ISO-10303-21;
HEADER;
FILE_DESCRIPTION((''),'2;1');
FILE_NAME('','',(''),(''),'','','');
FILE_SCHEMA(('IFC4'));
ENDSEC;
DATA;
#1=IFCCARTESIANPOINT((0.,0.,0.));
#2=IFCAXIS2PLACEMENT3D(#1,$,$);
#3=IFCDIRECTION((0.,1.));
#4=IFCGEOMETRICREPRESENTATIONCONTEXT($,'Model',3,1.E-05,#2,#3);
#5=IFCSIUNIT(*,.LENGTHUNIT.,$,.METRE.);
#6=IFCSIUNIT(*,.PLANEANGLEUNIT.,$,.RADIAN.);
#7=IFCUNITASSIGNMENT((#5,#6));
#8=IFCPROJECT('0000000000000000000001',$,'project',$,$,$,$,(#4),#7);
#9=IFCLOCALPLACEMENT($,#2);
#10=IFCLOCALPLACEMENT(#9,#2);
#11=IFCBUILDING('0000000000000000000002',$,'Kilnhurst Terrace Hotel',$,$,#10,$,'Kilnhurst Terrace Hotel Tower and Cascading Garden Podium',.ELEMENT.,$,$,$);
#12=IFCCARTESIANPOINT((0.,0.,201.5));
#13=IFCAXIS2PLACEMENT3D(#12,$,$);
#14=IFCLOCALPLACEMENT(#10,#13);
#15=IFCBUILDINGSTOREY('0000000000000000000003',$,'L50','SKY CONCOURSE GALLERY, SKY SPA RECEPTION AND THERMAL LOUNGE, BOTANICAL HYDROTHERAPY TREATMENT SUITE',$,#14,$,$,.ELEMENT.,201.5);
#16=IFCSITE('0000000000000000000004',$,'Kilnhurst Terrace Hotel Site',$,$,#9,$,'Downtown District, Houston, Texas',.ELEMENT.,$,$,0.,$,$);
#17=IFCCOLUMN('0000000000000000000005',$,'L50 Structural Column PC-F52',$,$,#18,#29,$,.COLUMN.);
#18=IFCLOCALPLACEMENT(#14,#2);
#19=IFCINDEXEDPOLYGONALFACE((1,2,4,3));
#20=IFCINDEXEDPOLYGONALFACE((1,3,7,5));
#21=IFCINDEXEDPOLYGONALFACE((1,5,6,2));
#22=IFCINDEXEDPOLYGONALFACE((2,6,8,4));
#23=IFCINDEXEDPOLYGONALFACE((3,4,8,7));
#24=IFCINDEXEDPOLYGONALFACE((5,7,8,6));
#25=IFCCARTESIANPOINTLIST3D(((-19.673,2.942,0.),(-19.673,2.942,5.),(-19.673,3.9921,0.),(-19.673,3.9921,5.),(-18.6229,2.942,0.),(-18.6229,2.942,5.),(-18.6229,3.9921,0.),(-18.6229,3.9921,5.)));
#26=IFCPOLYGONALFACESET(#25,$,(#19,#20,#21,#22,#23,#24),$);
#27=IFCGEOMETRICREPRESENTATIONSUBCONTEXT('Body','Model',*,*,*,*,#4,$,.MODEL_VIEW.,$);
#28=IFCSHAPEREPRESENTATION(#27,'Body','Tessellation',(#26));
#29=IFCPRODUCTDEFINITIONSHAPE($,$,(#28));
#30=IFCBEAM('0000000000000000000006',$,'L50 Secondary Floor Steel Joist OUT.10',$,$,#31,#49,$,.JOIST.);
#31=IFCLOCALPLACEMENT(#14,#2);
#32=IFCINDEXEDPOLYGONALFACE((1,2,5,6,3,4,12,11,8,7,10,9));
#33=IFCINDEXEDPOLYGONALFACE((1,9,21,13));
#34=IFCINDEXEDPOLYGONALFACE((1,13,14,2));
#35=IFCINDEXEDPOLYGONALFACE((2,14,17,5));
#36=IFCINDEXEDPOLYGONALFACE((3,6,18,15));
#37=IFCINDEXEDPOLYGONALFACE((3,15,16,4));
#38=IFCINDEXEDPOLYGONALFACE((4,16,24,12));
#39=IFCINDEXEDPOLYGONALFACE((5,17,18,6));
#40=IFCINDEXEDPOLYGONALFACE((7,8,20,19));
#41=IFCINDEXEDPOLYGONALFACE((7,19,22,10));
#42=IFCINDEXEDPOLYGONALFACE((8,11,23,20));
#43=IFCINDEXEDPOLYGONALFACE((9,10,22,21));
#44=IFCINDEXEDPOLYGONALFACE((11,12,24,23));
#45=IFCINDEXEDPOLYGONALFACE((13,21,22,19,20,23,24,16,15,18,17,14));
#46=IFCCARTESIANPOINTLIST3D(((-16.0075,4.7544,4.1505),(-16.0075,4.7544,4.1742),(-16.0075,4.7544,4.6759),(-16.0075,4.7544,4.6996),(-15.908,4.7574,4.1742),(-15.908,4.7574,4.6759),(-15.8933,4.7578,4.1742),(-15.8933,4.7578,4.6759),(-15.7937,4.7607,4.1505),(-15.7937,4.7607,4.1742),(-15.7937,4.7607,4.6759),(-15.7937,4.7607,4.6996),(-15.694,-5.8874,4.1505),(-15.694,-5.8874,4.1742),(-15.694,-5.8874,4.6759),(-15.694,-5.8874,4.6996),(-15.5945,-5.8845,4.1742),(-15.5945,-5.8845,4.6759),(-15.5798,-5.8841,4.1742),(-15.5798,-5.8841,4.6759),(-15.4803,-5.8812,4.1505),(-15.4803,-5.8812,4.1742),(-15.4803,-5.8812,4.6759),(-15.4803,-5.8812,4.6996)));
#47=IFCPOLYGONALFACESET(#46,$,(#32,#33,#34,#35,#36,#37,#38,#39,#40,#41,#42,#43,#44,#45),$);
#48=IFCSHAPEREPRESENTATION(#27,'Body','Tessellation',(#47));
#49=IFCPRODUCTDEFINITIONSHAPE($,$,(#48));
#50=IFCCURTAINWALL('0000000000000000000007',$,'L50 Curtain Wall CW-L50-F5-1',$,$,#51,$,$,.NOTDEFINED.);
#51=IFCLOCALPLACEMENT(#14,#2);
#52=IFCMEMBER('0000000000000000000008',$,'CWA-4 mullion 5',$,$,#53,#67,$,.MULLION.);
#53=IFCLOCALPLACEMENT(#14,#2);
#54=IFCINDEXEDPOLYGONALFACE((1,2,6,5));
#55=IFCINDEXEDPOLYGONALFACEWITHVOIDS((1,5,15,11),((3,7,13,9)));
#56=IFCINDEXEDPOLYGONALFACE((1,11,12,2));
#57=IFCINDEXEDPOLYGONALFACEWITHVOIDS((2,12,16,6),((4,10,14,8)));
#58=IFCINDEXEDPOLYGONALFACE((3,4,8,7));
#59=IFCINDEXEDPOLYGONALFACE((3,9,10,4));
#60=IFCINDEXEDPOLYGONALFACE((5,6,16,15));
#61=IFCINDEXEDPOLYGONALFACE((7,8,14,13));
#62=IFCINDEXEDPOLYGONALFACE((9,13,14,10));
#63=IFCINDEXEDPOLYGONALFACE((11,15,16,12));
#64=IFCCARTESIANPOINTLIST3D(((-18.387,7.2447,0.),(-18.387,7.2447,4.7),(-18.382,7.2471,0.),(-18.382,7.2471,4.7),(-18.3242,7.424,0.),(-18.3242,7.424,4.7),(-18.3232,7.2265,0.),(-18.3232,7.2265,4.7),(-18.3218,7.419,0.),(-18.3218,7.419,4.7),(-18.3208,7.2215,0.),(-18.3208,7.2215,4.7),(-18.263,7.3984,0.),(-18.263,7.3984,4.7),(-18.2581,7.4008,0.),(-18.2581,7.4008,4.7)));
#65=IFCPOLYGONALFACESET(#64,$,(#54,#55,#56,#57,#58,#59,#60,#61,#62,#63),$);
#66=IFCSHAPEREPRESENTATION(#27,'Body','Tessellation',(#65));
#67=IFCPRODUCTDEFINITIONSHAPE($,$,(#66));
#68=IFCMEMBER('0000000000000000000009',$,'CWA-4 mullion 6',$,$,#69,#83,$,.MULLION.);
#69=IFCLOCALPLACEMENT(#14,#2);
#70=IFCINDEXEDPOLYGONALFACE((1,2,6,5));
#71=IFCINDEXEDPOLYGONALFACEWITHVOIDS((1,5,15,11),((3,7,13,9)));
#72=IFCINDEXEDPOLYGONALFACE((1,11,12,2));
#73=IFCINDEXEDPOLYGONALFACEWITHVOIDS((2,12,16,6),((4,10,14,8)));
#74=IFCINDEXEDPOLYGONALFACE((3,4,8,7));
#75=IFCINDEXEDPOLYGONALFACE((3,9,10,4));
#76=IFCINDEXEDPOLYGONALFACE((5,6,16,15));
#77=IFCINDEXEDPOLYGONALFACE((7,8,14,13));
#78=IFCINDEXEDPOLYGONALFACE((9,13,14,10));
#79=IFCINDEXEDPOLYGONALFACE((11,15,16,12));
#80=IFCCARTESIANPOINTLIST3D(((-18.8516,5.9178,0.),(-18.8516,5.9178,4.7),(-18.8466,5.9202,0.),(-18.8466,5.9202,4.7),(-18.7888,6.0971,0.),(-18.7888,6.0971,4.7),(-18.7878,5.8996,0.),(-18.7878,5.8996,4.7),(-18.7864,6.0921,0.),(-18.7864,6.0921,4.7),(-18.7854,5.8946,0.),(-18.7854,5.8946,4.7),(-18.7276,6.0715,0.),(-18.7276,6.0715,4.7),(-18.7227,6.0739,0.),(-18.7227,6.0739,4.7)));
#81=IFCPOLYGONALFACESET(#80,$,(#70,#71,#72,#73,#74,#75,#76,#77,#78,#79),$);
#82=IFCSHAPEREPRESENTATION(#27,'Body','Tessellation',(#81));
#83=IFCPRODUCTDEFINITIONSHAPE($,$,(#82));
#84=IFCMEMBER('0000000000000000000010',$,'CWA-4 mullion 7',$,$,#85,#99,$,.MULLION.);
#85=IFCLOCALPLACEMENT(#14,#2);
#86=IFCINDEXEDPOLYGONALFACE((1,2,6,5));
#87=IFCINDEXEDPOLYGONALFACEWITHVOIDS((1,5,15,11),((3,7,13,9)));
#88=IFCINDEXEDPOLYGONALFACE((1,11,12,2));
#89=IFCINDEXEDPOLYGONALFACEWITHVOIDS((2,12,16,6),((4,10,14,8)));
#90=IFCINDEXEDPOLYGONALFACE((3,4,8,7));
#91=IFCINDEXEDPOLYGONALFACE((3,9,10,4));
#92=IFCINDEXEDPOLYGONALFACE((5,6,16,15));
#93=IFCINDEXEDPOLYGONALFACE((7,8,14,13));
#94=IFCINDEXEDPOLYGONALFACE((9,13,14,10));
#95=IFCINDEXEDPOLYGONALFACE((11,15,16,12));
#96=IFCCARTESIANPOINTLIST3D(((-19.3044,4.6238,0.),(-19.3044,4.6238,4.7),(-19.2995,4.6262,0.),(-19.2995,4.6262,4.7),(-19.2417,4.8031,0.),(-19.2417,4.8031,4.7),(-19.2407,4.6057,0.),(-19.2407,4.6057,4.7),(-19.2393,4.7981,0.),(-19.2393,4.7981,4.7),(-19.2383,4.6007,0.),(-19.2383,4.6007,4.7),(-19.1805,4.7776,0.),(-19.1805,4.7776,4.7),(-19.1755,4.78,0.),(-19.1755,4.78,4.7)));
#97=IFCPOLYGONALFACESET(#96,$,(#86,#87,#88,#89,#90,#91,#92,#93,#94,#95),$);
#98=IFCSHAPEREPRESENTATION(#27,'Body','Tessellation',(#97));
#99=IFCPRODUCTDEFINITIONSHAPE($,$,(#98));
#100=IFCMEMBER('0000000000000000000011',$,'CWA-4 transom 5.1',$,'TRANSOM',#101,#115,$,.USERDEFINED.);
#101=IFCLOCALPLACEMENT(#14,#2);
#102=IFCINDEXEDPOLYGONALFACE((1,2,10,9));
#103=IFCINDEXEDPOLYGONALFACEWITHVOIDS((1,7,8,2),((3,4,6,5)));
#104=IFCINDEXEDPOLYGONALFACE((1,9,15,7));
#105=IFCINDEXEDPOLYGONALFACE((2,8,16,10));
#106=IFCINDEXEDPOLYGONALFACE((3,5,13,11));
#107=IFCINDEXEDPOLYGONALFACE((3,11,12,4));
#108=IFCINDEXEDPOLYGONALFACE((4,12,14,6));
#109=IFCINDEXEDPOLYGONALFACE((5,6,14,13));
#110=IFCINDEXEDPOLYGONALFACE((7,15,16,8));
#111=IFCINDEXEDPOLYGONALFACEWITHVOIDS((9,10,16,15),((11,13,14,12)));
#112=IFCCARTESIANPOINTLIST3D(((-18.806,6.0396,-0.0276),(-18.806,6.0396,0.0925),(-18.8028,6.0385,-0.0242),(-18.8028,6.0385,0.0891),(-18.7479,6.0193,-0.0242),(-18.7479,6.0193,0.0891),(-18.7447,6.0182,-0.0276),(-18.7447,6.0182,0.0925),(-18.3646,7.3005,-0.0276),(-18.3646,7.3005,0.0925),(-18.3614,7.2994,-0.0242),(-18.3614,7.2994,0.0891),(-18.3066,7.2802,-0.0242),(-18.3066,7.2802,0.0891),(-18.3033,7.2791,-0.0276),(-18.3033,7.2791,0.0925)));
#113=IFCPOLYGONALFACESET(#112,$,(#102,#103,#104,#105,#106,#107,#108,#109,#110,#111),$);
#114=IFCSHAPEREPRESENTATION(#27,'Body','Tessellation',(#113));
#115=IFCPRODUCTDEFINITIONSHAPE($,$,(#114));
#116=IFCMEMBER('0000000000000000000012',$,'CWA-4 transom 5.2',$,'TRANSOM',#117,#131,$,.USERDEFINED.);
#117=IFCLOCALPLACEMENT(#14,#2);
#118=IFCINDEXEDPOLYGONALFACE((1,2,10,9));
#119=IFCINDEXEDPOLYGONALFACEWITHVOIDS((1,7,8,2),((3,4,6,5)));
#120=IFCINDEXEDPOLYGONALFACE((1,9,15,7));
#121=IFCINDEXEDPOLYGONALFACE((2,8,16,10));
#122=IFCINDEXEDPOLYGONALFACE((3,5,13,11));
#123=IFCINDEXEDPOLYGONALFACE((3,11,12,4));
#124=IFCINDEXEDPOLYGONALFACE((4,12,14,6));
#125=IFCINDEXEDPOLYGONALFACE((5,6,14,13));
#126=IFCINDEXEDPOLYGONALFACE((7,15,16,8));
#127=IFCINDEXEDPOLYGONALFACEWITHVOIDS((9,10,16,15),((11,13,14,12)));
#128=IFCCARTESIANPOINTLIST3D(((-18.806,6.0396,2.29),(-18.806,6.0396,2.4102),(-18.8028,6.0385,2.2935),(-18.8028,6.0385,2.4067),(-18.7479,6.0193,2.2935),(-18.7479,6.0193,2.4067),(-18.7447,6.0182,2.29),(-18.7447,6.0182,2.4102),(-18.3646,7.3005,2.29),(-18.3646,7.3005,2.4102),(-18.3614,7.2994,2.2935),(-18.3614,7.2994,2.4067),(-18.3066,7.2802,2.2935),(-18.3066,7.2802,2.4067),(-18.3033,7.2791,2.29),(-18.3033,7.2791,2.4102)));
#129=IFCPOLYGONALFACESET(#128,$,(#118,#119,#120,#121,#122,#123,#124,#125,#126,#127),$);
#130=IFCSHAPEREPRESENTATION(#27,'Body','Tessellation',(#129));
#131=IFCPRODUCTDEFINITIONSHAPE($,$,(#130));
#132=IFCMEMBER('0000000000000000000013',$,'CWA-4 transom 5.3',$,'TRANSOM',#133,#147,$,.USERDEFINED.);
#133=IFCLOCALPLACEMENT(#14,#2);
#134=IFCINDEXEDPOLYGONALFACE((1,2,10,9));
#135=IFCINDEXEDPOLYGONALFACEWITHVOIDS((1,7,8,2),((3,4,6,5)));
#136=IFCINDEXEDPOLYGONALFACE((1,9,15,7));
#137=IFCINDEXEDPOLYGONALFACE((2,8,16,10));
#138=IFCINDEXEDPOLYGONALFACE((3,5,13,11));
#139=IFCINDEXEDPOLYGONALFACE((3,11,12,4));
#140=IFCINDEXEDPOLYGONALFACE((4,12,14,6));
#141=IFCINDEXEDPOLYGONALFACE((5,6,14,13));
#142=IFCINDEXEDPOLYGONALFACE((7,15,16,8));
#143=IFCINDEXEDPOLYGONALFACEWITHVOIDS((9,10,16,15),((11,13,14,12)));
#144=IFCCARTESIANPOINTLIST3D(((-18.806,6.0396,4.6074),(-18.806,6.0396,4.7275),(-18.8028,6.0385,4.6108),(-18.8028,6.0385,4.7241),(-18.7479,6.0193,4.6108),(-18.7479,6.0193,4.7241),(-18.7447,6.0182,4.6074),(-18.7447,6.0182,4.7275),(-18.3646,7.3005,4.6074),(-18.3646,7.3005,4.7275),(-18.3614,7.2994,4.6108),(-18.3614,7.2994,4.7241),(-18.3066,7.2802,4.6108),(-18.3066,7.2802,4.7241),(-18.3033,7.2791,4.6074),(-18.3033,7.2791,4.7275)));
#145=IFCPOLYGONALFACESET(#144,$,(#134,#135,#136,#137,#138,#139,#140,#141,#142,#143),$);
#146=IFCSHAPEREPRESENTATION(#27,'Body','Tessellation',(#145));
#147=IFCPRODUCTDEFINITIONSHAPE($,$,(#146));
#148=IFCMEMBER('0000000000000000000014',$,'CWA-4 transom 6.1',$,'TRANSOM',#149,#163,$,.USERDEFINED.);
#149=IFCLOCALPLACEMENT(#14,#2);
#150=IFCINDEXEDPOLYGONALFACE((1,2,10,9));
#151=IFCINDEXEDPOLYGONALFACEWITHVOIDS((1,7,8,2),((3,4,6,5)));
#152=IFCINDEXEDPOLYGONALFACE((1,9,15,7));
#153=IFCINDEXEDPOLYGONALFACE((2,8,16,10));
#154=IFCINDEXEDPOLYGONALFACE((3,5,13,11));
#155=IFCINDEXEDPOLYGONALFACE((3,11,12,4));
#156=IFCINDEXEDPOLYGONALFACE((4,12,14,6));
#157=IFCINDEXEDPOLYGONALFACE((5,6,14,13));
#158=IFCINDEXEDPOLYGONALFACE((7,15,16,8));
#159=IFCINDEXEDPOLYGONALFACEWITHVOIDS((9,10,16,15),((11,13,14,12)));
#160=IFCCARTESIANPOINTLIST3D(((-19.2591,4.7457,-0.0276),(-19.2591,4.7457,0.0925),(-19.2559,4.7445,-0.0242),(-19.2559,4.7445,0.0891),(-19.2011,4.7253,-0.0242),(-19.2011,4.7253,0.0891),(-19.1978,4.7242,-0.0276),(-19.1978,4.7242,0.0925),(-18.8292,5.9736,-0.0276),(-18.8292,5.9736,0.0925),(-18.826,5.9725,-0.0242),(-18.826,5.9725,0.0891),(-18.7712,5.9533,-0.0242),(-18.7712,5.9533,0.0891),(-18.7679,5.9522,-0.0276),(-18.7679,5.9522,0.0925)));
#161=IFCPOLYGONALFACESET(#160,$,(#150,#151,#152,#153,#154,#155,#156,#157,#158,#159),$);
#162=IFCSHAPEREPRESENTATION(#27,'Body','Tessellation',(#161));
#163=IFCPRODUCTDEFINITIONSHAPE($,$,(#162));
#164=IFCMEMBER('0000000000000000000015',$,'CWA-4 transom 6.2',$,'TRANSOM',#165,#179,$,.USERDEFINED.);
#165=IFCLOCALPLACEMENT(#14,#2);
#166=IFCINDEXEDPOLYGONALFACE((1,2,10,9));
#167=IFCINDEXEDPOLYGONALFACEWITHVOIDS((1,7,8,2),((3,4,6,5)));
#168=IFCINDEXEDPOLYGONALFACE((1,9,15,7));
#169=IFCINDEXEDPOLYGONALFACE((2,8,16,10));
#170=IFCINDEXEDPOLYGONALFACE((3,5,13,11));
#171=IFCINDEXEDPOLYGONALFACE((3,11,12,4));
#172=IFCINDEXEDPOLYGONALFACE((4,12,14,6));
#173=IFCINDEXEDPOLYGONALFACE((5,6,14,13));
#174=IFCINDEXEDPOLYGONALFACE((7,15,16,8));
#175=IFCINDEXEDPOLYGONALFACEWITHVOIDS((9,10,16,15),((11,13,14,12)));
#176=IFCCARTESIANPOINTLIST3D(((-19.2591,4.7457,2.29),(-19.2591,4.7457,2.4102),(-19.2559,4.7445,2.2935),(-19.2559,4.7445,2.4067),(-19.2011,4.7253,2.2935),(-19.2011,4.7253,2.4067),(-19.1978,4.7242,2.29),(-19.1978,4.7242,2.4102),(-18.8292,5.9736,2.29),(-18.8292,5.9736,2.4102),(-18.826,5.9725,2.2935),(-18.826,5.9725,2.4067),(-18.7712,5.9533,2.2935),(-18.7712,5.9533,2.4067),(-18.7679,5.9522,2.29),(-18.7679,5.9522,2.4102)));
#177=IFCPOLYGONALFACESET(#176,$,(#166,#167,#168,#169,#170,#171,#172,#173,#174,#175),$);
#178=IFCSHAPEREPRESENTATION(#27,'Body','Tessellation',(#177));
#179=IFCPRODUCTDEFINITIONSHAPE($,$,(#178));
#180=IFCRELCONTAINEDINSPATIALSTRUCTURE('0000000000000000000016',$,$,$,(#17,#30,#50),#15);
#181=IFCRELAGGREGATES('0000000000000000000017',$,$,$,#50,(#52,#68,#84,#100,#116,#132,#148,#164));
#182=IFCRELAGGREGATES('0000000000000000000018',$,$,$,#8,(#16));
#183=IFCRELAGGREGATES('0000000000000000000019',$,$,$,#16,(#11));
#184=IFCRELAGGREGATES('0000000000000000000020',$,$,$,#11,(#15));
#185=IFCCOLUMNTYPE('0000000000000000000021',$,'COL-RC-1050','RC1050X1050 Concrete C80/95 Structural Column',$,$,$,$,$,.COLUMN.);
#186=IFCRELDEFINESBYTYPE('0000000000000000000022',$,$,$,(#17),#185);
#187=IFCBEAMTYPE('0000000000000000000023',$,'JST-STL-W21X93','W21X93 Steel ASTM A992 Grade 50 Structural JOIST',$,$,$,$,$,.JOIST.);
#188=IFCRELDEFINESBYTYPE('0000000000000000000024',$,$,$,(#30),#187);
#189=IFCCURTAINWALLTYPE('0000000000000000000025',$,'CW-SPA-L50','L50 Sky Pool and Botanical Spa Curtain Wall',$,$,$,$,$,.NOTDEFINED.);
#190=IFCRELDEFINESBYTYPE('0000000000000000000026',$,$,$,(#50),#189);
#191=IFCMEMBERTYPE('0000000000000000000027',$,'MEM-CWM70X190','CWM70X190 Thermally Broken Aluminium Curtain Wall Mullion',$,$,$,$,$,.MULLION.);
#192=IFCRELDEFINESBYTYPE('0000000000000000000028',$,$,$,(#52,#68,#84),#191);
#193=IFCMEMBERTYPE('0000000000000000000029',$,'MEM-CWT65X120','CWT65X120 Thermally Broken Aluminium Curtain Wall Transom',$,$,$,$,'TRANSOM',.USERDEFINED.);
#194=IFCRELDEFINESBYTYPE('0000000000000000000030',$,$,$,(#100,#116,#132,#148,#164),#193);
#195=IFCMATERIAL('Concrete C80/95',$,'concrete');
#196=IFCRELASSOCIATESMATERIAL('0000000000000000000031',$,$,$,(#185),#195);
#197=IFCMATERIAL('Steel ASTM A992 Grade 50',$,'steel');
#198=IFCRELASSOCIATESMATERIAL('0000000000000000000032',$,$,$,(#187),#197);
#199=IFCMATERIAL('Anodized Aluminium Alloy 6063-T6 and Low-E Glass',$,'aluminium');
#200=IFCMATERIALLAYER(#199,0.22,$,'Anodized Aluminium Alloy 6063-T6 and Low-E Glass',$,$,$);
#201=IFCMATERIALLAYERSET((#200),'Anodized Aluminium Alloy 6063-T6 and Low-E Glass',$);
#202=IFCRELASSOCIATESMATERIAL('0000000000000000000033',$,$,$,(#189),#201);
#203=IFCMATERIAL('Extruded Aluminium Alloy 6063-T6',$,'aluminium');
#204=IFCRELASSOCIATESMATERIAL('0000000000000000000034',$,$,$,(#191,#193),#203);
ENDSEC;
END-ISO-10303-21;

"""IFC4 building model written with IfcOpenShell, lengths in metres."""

from ifc_helpers import new_model, si_unit, direction, frame, origin, origin_2d, place, context, subcontext, project, spatial, rectangle, hollow_rectangle, i_section, extrude, material, layer, layer_set, material_profile, profile_set, type_object, element, aggregate, save


model = new_model("IFC4")

# Units and contexts
model_context = context("Model", 3, precision=1e-05, world=origin(), true_north=direction((0.0, 1.0)))
body_context = subcontext(model_context, "Body", "Model", "MODEL_VIEW")
ifc_project = project(units=[si_unit("LENGTHUNIT", "METRE"), si_unit("PLANEANGLEUNIT", "RADIAN")], contexts=[model_context])

# Site, building, storey
site_placement = place(None, origin())
site = spatial("IfcSite", under=ifc_project, at=site_placement, Name="Kilnhurst Terrace Hotel Site", LongName="Downtown District, Houston, Texas", CompositionType="ELEMENT", RefElevation=0.0)
building_placement = place(site_placement, origin())
building = spatial("IfcBuilding", under=site, at=building_placement, Name="Kilnhurst Terrace Hotel", LongName="Kilnhurst Terrace Hotel Tower and Cascading Garden Podium", CompositionType="ELEMENT")
storey_placement = place(building_placement, frame((0.0, 0.0, 201.5)))
storey = spatial("IfcBuildingStorey", under=building, at=storey_placement, Name="L50", Description="SKY CONCOURSE GALLERY, SKY SPA RECEPTION AND THERMAL LOUNGE, BOTANICAL HYDROTHERAPY TREATMENT SUITE", CompositionType="ELEMENT", Elevation=201.5)

# Column
ifc_material_1 = material(Name="Concrete C80/95", Category="concrete")
ifc_material_profile_1 = material_profile(ifc_material_1, rectangle(XDim=1.05, YDim=1.05, at=origin_2d()), Name="RC1050X1050")
ifc_profile_set_1 = profile_set([ifc_material_profile_1], Name="Concrete C80/95")
column_type = type_object("IfcColumnType", Name="COL-RC-1050", Description="RC1050X1050 Concrete C80/95 Structural Column", PredefinedType="COLUMN", material=ifc_profile_set_1)
column_placement = place(storey_placement, frame((-19.1479, 3.467, 0.0), z_axis=(0.0, 0.0, 1.0), x_axis=(1.0, 0.0, 0.0)))
element("IfcColumn", 1, at=column_placement, inside=storey, type_object=column_type, Name="L50 Structural Column PC-F52", PredefinedType="COLUMN", context=body_context, shape_type="SweptSolid", body=[
    extrude(rectangle(XDim=1.05, YDim=1.05, at=origin_2d()), origin(), (0.0, 0.0, 1.0), 5.0),
])

# Beam
ifc_material_2 = material(Name="Steel ASTM A992 Grade 50", Category="steel")
ifc_material_profile_2 = material_profile(ifc_material_2, i_section(OverallWidth=0.2139, OverallDepth=0.5491, WebThickness=0.0146, FlangeThickness=0.0237, at=origin_2d()), Name="W21X93")
ifc_profile_set_2 = profile_set([ifc_material_profile_2], Name="Steel ASTM A992 Grade 50")
beam_type_1 = type_object("IfcBeamType", Name="JST-STL-W21X93", Description="W21X93 Steel ASTM A992 Grade 50 Structural JOIST", PredefinedType="JOIST", material=ifc_profile_set_2)
beam_1_placement = place(storey_placement, frame((-15.9006, 4.7576, 4.425), z_axis=(0.029444, -0.999566, 0.0), x_axis=(0.999566, 0.029444, 0.0)))
element("IfcBeam", 2, at=beam_1_placement, inside=storey, type_object=beam_type_1, Name="L50 Secondary Floor Steel Joist OUT.10", PredefinedType="JOIST", context=body_context, shape_type="SweptSolid", body=[
    extrude(i_section(OverallWidth=0.2139, OverallDepth=0.5491, WebThickness=0.0146, FlangeThickness=0.0237, at=origin_2d()), origin(), (0.0, 0.0, 1.0), 10.6465),
])

# Curtain wall, members
ifc_material_3 = material(Name="Anodized Aluminium Alloy 6063-T6 and Low-E Glass", Category="aluminium")
ifc_layer_1 = layer(ifc_material_3, 0.22, Name="Anodized Aluminium Alloy 6063-T6 and Low-E Glass")
ifc_layer_set_1 = layer_set([ifc_layer_1], Name="Anodized Aluminium Alloy 6063-T6 and Low-E Glass")
curtain_wall_type = type_object("IfcCurtainWallType", Name="CW-SPA-L50", Description="L50 Sky Pool and Botanical Spa Curtain Wall", PredefinedType="NOTDEFINED", material=ifc_layer_set_1)
curtain_wall_placement = place(storey_placement, origin())
curtain_wall = element("IfcCurtainWall", 3, at=curtain_wall_placement, inside=storey, type_object=curtain_wall_type, Name="L50 Curtain Wall CW-L50-F5-1", PredefinedType="NOTDEFINED")
ifc_material_4 = material(Name="Extruded Aluminium Alloy 6063-T6", Category="aluminium")
ifc_material_profile_3 = material_profile(ifc_material_4, hollow_rectangle(XDim=0.0701, YDim=0.1899, WallThickness=0.0039, at=origin_2d()), Name="CWM70X190")
ifc_profile_set_3 = profile_set([ifc_material_profile_3], Name="Extruded Aluminium Alloy 6063-T6")
member_type_1 = type_object("IfcMemberType", Name="MEM-CWM70X190", Description="CWM70X190 Thermally Broken Aluminium Curtain Wall Mullion", PredefinedType="MULLION", material=ifc_profile_set_3)
member_1_placement = place(storey_placement, frame((-18.3225, 7.3228, 0.0), z_axis=(0.0, 0.0, 1.0), x_axis=(0.943826, -0.330442, 0.0)))
member_1 = element("IfcMember", 4, at=member_1_placement, type_object=member_type_1, Name="CWA-4 mullion 5", PredefinedType="MULLION", context=body_context, shape_type="SweptSolid", body=[
    extrude(hollow_rectangle(XDim=0.0701, YDim=0.1899, WallThickness=0.0039, at=origin_2d()), origin(), (0.0, 0.0, 1.0), 4.7),
])
member_2_placement = place(storey_placement, frame((-18.7871, 5.9958, 0.0), z_axis=(0.0, 0.0, 1.0), x_axis=(0.943826, -0.330442, 0.0)))
member_2 = element("IfcMember", 5, at=member_2_placement, type_object=member_type_1, Name="CWA-4 mullion 6", PredefinedType="MULLION", context=body_context, shape_type="SweptSolid", body=[
    extrude(hollow_rectangle(XDim=0.0701, YDim=0.1899, WallThickness=0.0039, at=origin_2d()), origin(), (0.0, 0.0, 1.0), 4.7),
])
member_3_placement = place(storey_placement, frame((-19.24, 4.7019, 0.0), z_axis=(0.0, 0.0, 1.0), x_axis=(0.943826, -0.330442, 0.0)))
member_3 = element("IfcMember", 6, at=member_3_placement, type_object=member_type_1, Name="CWA-4 mullion 7", PredefinedType="MULLION", context=body_context, shape_type="SweptSolid", body=[
    extrude(hollow_rectangle(XDim=0.0701, YDim=0.1899, WallThickness=0.0039, at=origin_2d()), origin(), (0.0, 0.0, 1.0), 4.7),
])
ifc_material_profile_4 = material_profile(ifc_material_4, hollow_rectangle(XDim=0.0649, YDim=0.1201, WallThickness=0.0034, at=origin_2d()), Name="CWT65X120")
ifc_profile_set_4 = profile_set([ifc_material_profile_4], Name="Extruded Aluminium Alloy 6063-T6")
member_type_2 = type_object("IfcMemberType", Name="MEM-CWT65X120", Description="CWT65X120 Thermally Broken Aluminium Curtain Wall Transom", ElementType="TRANSOM", PredefinedType="USERDEFINED", material=ifc_profile_set_4)
member_4_placement = place(storey_placement, frame((-18.334, 7.2898, 0.0325), z_axis=(-0.330391, -0.943844, 0.0), x_axis=(0.943844, -0.330391, 0.0)))
member_4 = element("IfcMember", 7, at=member_4_placement, type_object=member_type_2, Name="CWA-4 transom 5.1", ObjectType="TRANSOM", PredefinedType="USERDEFINED", context=body_context, shape_type="SweptSolid", body=[
    extrude(hollow_rectangle(XDim=0.0649, YDim=0.1201, WallThickness=0.0034, at=origin_2d()), origin(), (0.0, 0.0, 1.0), 1.3359),
])
member_5_placement = place(storey_placement, frame((-18.334, 7.2898, 2.3501), z_axis=(-0.330391, -0.943844, 0.0), x_axis=(0.943844, -0.330391, 0.0)))
member_5 = element("IfcMember", 8, at=member_5_placement, type_object=member_type_2, Name="CWA-4 transom 5.2", ObjectType="TRANSOM", PredefinedType="USERDEFINED", context=body_context, shape_type="SweptSolid", body=[
    extrude(hollow_rectangle(XDim=0.0649, YDim=0.1201, WallThickness=0.0034, at=origin_2d()), origin(), (0.0, 0.0, 1.0), 1.3359),
])
member_6_placement = place(storey_placement, frame((-18.334, 7.2898, 4.6675), z_axis=(-0.330391, -0.943844, 0.0), x_axis=(0.943844, -0.330391, 0.0)))
member_6 = element("IfcMember", 9, at=member_6_placement, type_object=member_type_2, Name="CWA-4 transom 5.3", ObjectType="TRANSOM", PredefinedType="USERDEFINED", context=body_context, shape_type="SweptSolid", body=[
    extrude(hollow_rectangle(XDim=0.0649, YDim=0.1201, WallThickness=0.0034, at=origin_2d()), origin(), (0.0, 0.0, 1.0), 1.3359),
])
member_7_placement = place(storey_placement, frame((-18.7986, 5.9629, 0.0325), z_axis=(-0.330434, -0.943829, 0.0), x_axis=(0.943829, -0.330434, 0.0)))
member_7 = element("IfcMember", 10, at=member_7_placement, type_object=member_type_2, Name="CWA-4 transom 6.1", ObjectType="TRANSOM", PredefinedType="USERDEFINED", context=body_context, shape_type="SweptSolid", body=[
    extrude(hollow_rectangle(XDim=0.0649, YDim=0.1201, WallThickness=0.0034, at=origin_2d()), origin(), (0.0, 0.0, 1.0), 1.301),
])
member_8_placement = place(storey_placement, frame((-18.7986, 5.9629, 2.3501), z_axis=(-0.330434, -0.943829, 0.0), x_axis=(0.943829, -0.330434, 0.0)))
member_8 = element("IfcMember", 11, at=member_8_placement, type_object=member_type_2, Name="CWA-4 transom 6.2", ObjectType="TRANSOM", PredefinedType="USERDEFINED", context=body_context, shape_type="SweptSolid", body=[
    extrude(hollow_rectangle(XDim=0.0649, YDim=0.1201, WallThickness=0.0034, at=origin_2d()), origin(), (0.0, 0.0, 1.0), 1.301),
])

aggregate(curtain_wall, [member_1, member_2, member_3, member_4, member_5, member_6, member_7, member_8])

save(model, "model.ifc")
